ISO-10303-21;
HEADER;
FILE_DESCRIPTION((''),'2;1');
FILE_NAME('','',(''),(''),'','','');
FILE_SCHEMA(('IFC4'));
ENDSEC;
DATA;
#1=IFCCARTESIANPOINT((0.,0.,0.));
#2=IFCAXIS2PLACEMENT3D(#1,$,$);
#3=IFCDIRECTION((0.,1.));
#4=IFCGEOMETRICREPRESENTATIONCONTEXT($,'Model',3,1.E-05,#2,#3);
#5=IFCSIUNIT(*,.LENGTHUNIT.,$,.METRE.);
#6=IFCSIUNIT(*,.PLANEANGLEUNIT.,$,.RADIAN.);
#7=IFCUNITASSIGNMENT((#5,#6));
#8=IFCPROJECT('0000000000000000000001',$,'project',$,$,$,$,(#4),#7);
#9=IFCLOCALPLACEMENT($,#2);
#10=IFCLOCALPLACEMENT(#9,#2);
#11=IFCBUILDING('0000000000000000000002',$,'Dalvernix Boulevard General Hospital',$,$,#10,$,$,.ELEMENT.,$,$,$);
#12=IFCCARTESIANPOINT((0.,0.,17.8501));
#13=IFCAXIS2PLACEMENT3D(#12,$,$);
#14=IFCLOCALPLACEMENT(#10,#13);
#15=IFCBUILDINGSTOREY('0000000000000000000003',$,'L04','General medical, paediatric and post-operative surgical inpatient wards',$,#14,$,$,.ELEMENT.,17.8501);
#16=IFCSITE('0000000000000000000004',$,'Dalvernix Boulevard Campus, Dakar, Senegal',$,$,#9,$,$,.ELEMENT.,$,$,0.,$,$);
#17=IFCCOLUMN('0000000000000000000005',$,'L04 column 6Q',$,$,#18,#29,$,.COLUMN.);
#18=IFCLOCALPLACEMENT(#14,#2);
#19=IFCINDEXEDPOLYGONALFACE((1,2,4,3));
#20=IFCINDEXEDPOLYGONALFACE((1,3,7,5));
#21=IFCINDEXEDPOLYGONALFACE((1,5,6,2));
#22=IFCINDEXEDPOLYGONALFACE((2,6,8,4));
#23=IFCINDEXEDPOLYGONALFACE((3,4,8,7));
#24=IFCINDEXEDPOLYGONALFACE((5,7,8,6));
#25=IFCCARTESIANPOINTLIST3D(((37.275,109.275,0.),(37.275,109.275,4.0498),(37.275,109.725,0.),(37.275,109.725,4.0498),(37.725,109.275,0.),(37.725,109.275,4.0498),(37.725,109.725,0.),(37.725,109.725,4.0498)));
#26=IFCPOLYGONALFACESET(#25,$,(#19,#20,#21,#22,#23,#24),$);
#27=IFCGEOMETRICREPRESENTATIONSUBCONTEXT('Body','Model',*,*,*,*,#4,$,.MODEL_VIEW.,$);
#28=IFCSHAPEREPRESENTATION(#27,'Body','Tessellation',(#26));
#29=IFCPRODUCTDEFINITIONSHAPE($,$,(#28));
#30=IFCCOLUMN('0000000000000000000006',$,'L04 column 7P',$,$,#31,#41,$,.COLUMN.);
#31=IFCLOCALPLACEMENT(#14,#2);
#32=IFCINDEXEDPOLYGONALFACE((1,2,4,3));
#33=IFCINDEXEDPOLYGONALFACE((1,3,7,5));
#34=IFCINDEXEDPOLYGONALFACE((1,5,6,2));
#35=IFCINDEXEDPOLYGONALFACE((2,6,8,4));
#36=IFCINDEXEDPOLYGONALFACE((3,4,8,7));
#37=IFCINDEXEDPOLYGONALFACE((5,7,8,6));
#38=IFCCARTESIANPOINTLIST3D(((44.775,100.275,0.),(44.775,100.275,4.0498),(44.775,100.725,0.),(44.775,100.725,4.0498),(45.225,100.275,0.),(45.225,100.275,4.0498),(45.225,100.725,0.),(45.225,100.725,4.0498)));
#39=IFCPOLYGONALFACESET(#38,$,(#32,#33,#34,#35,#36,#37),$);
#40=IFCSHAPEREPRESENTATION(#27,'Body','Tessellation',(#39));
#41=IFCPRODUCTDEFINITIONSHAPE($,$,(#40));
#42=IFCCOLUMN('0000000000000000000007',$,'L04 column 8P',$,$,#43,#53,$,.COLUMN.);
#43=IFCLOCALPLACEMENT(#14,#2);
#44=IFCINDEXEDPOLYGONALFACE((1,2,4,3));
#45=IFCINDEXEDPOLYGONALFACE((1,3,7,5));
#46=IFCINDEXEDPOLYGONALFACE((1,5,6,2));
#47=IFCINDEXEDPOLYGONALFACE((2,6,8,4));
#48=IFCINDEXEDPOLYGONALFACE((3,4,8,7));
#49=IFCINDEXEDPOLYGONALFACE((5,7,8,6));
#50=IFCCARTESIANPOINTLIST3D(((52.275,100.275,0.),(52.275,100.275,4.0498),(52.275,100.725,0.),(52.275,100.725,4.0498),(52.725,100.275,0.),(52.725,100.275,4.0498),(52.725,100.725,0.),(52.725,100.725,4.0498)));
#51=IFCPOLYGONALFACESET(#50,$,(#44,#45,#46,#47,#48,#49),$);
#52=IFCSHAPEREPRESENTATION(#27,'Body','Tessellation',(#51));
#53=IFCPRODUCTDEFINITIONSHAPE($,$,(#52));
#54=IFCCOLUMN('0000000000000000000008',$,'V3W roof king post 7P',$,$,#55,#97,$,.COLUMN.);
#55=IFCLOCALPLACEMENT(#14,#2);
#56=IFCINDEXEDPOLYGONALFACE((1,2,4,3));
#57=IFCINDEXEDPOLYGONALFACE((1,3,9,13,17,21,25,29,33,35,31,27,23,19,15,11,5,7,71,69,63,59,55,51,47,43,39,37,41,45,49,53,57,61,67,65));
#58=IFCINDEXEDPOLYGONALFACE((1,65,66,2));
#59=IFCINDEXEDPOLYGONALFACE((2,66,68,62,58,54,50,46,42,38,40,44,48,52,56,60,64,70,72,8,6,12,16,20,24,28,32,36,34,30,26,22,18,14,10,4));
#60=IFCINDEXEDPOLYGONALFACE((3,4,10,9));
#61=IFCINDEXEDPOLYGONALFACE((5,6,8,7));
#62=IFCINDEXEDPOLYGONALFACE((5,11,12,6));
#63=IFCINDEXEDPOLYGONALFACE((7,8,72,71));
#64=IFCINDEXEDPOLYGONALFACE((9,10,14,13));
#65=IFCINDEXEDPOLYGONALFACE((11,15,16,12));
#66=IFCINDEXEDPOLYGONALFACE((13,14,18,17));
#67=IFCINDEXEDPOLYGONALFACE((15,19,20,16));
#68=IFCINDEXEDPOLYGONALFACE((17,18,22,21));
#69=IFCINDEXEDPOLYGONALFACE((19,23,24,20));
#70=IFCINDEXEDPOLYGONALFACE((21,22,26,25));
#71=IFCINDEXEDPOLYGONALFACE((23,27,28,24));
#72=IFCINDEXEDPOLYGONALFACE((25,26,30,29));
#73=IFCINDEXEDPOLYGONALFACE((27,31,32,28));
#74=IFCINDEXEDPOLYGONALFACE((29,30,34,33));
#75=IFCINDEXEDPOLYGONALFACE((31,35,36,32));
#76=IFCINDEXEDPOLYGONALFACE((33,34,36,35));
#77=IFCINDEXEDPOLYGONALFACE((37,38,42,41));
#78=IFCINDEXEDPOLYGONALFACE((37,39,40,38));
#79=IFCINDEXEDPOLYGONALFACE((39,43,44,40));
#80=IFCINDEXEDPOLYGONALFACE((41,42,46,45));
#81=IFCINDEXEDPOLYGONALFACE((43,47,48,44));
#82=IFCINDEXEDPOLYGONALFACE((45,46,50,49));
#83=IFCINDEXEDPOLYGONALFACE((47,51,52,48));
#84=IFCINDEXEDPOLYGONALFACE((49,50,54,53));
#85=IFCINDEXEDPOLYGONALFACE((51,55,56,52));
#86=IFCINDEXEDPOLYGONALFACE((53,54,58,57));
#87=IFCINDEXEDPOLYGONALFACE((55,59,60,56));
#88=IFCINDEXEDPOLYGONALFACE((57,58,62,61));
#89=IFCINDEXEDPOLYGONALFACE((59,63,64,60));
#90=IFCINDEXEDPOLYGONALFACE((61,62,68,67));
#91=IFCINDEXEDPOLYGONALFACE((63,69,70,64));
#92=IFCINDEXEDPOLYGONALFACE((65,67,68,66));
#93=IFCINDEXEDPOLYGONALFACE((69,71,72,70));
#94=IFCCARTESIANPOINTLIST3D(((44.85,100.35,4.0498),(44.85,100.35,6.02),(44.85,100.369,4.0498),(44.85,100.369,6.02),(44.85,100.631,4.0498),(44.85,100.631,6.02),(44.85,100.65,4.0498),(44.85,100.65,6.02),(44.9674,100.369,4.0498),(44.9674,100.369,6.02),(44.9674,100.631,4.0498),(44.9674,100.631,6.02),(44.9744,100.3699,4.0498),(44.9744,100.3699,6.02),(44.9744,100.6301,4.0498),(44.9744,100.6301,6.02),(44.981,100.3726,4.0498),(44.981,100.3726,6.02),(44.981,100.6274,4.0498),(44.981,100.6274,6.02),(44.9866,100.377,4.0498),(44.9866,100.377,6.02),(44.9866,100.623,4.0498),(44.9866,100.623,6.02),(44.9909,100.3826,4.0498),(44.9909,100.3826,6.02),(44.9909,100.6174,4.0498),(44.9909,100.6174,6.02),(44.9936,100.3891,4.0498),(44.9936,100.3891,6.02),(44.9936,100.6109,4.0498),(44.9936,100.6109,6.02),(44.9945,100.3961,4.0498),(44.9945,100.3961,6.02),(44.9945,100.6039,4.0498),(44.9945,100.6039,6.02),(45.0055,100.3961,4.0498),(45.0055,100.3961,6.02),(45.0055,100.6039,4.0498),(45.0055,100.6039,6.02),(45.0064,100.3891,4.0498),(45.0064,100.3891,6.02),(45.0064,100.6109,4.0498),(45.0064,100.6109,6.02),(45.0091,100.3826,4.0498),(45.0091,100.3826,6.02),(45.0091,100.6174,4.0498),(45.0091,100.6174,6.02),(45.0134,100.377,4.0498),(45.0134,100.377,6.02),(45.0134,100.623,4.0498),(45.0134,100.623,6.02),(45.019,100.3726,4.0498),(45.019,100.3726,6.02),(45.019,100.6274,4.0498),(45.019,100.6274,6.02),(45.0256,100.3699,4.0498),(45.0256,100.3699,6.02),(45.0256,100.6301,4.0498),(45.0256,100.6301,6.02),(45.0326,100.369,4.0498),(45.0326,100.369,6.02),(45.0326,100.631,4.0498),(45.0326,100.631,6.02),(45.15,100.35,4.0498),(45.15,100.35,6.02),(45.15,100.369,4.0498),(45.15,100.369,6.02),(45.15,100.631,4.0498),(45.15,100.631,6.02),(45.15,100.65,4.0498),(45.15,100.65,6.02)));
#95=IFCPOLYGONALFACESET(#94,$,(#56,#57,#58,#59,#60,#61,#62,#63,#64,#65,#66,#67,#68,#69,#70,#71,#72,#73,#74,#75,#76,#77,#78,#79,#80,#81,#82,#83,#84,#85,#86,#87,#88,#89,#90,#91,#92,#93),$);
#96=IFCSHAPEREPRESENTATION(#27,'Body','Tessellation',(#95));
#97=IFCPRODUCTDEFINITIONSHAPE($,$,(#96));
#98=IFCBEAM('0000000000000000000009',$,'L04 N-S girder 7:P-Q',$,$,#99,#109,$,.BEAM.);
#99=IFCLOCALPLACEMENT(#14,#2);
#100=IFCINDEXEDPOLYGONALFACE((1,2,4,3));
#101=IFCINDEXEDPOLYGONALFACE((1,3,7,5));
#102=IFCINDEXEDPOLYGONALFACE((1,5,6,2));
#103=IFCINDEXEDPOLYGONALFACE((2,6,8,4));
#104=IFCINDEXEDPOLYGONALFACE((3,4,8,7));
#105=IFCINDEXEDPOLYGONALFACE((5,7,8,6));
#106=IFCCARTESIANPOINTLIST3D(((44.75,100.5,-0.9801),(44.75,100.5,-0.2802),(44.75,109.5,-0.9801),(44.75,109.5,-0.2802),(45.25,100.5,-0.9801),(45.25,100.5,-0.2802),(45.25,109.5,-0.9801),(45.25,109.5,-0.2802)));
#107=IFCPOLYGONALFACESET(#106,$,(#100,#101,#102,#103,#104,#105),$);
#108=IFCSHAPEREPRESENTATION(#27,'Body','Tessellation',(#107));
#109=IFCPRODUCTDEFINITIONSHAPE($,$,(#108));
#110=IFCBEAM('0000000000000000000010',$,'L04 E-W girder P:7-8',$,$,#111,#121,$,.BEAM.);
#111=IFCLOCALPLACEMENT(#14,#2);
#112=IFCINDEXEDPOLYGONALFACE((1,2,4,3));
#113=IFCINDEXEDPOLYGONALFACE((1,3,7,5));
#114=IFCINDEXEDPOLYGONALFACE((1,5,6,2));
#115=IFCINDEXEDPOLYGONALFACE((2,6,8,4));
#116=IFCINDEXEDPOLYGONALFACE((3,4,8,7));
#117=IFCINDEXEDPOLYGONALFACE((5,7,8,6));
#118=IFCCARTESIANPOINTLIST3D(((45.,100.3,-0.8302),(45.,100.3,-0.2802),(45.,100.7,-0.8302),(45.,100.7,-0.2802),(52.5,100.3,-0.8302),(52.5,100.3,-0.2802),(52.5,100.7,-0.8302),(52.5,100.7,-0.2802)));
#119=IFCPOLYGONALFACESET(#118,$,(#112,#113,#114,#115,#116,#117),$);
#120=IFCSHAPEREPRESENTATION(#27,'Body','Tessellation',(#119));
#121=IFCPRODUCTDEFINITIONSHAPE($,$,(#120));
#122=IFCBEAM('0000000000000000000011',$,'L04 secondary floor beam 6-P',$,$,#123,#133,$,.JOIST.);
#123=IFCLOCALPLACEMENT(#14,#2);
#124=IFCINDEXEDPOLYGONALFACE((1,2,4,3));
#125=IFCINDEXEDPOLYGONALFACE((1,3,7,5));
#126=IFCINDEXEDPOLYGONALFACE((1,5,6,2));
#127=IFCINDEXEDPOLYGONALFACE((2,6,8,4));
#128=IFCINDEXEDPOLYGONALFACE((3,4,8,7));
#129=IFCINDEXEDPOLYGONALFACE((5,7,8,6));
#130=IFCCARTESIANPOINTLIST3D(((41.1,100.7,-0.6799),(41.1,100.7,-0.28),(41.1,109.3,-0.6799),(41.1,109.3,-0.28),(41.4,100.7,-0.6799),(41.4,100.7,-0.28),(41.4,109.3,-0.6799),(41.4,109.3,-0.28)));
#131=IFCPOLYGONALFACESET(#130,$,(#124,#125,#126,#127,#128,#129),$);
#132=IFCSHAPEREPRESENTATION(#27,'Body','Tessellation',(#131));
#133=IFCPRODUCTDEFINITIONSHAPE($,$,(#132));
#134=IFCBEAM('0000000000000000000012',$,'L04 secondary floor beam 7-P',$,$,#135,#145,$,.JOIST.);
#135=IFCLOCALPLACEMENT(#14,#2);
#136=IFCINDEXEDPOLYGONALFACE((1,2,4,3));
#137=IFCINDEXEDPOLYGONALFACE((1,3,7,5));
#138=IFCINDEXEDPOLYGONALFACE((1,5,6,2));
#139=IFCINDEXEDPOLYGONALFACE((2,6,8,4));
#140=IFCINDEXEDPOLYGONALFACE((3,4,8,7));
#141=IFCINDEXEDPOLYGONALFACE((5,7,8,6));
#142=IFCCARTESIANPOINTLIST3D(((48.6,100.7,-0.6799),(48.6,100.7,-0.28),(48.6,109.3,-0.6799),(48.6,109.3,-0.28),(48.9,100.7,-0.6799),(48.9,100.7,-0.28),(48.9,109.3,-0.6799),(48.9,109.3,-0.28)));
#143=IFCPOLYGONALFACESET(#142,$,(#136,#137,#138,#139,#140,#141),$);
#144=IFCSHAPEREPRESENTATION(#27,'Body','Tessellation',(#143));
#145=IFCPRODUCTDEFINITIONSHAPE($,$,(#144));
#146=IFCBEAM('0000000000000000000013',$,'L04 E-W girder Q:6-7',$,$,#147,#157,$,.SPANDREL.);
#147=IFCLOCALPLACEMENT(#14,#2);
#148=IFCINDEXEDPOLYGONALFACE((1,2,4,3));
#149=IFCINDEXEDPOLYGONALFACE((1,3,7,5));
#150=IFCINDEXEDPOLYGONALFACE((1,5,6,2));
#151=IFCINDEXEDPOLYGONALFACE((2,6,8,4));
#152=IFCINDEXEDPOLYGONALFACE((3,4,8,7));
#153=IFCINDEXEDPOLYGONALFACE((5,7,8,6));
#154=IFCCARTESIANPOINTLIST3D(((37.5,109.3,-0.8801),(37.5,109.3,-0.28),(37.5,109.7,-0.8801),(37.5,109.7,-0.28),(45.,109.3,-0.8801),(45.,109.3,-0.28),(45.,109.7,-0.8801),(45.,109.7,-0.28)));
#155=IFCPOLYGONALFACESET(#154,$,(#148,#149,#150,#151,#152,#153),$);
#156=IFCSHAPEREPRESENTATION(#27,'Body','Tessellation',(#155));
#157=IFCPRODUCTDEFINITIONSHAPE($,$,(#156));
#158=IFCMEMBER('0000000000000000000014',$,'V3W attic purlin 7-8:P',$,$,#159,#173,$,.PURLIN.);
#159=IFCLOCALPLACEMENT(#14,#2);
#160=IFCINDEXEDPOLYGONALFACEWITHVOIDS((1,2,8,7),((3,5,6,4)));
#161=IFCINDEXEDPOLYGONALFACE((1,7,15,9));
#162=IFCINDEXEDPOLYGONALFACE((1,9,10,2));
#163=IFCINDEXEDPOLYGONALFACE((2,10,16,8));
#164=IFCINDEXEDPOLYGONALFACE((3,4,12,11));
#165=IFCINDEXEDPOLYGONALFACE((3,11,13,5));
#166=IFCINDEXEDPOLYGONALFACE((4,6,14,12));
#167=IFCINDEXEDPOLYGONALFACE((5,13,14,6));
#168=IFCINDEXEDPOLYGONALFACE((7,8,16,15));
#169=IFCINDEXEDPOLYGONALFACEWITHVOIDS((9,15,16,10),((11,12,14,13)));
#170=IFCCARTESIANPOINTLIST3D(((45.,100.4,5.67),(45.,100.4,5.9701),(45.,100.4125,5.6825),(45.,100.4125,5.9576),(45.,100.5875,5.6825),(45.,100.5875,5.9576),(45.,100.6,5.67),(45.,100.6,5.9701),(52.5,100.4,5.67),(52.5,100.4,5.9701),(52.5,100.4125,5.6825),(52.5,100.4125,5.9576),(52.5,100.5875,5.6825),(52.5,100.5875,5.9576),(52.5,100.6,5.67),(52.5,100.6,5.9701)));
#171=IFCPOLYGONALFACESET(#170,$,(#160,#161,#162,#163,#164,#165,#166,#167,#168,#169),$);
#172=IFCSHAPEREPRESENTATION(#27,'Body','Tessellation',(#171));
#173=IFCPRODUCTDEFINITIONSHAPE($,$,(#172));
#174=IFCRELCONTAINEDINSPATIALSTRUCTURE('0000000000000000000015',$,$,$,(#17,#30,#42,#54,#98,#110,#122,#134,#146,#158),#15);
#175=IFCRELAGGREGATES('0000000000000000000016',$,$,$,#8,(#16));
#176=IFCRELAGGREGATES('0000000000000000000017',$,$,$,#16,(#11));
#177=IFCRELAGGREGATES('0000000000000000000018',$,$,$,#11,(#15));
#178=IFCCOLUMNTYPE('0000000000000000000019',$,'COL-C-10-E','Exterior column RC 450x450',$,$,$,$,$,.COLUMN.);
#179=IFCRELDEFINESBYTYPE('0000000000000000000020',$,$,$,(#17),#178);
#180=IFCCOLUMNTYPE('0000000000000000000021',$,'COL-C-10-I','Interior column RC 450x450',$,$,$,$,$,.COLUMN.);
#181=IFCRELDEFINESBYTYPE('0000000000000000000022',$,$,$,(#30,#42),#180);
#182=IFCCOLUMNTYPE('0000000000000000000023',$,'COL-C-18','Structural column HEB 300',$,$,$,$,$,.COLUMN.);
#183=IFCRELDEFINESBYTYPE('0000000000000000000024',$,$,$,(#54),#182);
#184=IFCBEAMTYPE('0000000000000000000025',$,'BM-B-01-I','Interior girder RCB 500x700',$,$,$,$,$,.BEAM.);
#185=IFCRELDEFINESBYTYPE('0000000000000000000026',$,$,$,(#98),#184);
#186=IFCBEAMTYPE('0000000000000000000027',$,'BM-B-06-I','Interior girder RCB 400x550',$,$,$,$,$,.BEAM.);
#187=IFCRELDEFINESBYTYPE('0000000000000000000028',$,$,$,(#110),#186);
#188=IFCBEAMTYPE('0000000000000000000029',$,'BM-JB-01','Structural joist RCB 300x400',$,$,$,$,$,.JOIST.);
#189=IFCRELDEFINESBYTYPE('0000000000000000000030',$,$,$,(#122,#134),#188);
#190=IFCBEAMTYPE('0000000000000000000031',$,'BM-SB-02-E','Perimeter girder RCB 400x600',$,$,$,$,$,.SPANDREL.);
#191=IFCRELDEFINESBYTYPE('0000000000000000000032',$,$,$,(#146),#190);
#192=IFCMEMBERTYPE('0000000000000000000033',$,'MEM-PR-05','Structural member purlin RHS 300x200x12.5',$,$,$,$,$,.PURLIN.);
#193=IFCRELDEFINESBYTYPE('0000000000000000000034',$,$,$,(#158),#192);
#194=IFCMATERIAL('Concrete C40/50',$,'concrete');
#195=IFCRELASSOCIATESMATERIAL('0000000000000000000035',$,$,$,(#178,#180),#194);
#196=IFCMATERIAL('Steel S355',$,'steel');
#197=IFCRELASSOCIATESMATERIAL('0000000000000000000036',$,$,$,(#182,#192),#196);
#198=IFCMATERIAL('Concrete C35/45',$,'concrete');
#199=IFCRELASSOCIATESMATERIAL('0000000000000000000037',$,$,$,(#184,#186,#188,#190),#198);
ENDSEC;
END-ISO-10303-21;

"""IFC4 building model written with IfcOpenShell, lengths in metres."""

from ifc_helpers import new_model, si_unit, direction, frame, origin, origin_2d, place, context, subcontext, project, spatial, rectangle, hollow_rectangle, i_section, extrude, material, material_profile, profile_set, type_object, element, save


model = new_model("IFC4")

# Units and contexts
model_context = context("Model", 3, precision=1e-05, world=origin(), true_north=direction((0.0, 1.0)))
body_context = subcontext(model_context, "Body", "Model", "MODEL_VIEW")
ifc_project = project(units=[si_unit("LENGTHUNIT", "METRE"), si_unit("PLANEANGLEUNIT", "RADIAN")], contexts=[model_context])

# Site, building, storey
site_placement = place(None, origin())
site = spatial("IfcSite", under=ifc_project, at=site_placement, Name="Dalvernix Boulevard Campus, Dakar, Senegal", CompositionType="ELEMENT", RefElevation=0.0)
building_placement = place(site_placement, origin())
building = spatial("IfcBuilding", under=site, at=building_placement, Name="Dalvernix Boulevard General Hospital", CompositionType="ELEMENT")
storey_placement = place(building_placement, frame((0.0, 0.0, 17.8501)))
storey = spatial("IfcBuildingStorey", under=building, at=storey_placement, Name="L04", Description="General medical, paediatric and post-operative surgical inpatient wards", CompositionType="ELEMENT", Elevation=17.8501)

# Columns
ifc_material_1 = material(Name="Concrete C40/50", Category="concrete")
ifc_material_profile_1 = material_profile(ifc_material_1, rectangle(XDim=0.45, YDim=0.45, at=origin_2d()), Name="RC 450x450")
ifc_profile_set_1 = profile_set([ifc_material_profile_1], Name="Concrete C40/50")
column_type_1 = type_object("IfcColumnType", Name="COL-C-10-E", Description="Exterior column RC 450x450", PredefinedType="COLUMN", material=ifc_profile_set_1)
column_1_placement = place(storey_placement, frame((37.5, 109.5, 0.0), z_axis=(0.0, 0.0, 1.0), x_axis=(1.0, 0.0, 0.0)))
element("IfcColumn", 1, at=column_1_placement, inside=storey, type_object=column_type_1, Name="L04 column 6Q", PredefinedType="COLUMN", context=body_context, shape_type="SweptSolid", body=[
    extrude(rectangle(XDim=0.45, YDim=0.45, at=origin_2d()), origin(), (0.0, 0.0, 1.0), 4.0498),
])
ifc_material_profile_2 = material_profile(ifc_material_1, rectangle(XDim=0.45, YDim=0.45, at=origin_2d()), Name="RC 450x450")
ifc_profile_set_2 = profile_set([ifc_material_profile_2], Name="Concrete C40/50")
column_type_2 = type_object("IfcColumnType", Name="COL-C-10-I", Description="Interior column RC 450x450", PredefinedType="COLUMN", material=ifc_profile_set_2)
for number, where, z_axis, x_axis, name in (
    (2, (45.0, 100.5, 0.0), (0.0, 0.0, 1.0), (1.0, 0.0, 0.0), "L04 column 7P"),
    (3, (52.5, 100.5, 0.0), (0.0, 0.0, 1.0), (1.0, 0.0, 0.0), "L04 column 8P"),
):
    element("IfcColumn", number, at=place(storey_placement, frame(where, z_axis=z_axis, x_axis=x_axis)), inside=storey, type_object=column_type_2, Name=name, PredefinedType="COLUMN", context=body_context, shape_type="SweptSolid", body=[
        extrude(rectangle(XDim=0.45, YDim=0.45, at=origin_2d()), origin(), (0.0, 0.0, 1.0), 4.0498),
    ])
ifc_material_2 = material(Name="Steel S355", Category="steel")
ifc_material_profile_3 = material_profile(ifc_material_2, i_section(OverallWidth=0.3, OverallDepth=0.3, WebThickness=0.011, FlangeThickness=0.019, FilletRadius=0.0271, at=origin_2d()), Name="HEB 300")
ifc_profile_set_3 = profile_set([ifc_material_profile_3], Name="Steel S355")
column_type_3 = type_object("IfcColumnType", Name="COL-C-18", Description="Structural column HEB 300", PredefinedType="COLUMN", material=ifc_profile_set_3)
column_2_placement = place(storey_placement, frame((45.0, 100.5, 4.0498), z_axis=(0.0, 0.0, 1.0), x_axis=(1.0, 0.0, 0.0)))
element("IfcColumn", 4, at=column_2_placement, inside=storey, type_object=column_type_3, Name="V3W roof king post 7P", PredefinedType="COLUMN", context=body_context, shape_type="SweptSolid", body=[
    extrude(i_section(OverallWidth=0.3, OverallDepth=0.3, WebThickness=0.011, FlangeThickness=0.019, FilletRadius=0.0271, at=origin_2d()), origin(), (0.0, 0.0, 1.0), 1.9702),
])

# Beams
ifc_material_3 = material(Name="Concrete C35/45", Category="concrete")
ifc_material_profile_4 = material_profile(ifc_material_3, rectangle(XDim=0.5, YDim=0.7, at=origin_2d()), Name="RCB 500x700")
ifc_profile_set_4 = profile_set([ifc_material_profile_4], Name="Concrete C35/45")
beam_type_1 = type_object("IfcBeamType", Name="BM-B-01-I", Description="Interior girder RCB 500x700", PredefinedType="BEAM", material=ifc_profile_set_4)
beam_1_placement = place(storey_placement, frame((45.0, 100.5, -0.6301), z_axis=(0.0, 1.0, 0.0), x_axis=(-1.0, 0.0, 0.0)))
element("IfcBeam", 5, at=beam_1_placement, inside=storey, type_object=beam_type_1, Name="L04 N-S girder 7:P-Q", PredefinedType="BEAM", context=body_context, shape_type="SweptSolid", body=[
    extrude(rectangle(XDim=0.5, YDim=0.7, at=origin_2d()), origin(), (0.0, 0.0, 1.0), 9.0),
])
ifc_material_profile_5 = material_profile(ifc_material_3, rectangle(XDim=0.3999, YDim=0.55, at=origin_2d()), Name="RCB 400x550")
ifc_profile_set_5 = profile_set([ifc_material_profile_5], Name="Concrete C35/45")
beam_type_2 = type_object("IfcBeamType", Name="BM-B-06-I", Description="Interior girder RCB 400x550", PredefinedType="BEAM", material=ifc_profile_set_5)
beam_2_placement = place(storey_placement, frame((45.0, 100.5, -0.5552), z_axis=(1.0, 0.0, 0.0), x_axis=(0.0, 1.0, 0.0)))
element("IfcBeam", 6, at=beam_2_placement, inside=storey, type_object=beam_type_2, Name="L04 E-W girder P:7-8", PredefinedType="BEAM", context=body_context, shape_type="SweptSolid", body=[
    extrude(rectangle(XDim=0.3999, YDim=0.55, at=origin_2d()), origin(), (0.0, 0.0, 1.0), 7.5),
])
ifc_material_profile_6 = material_profile(ifc_material_3, rectangle(XDim=0.3, YDim=0.3999, at=origin_2d()), Name="RCB 300x400")
ifc_profile_set_6 = profile_set([ifc_material_profile_6], Name="Concrete C35/45")
beam_type_3 = type_object("IfcBeamType", Name="BM-JB-01", Description="Structural joist RCB 300x400", PredefinedType="JOIST", material=ifc_profile_set_6)
for number, where, z_axis, x_axis, name in (
    (7, (41.25, 100.7, -0.48), (0.0, 1.0, 0.0), (-1.0, 0.0, 0.0), "L04 secondary floor beam 6-P"),
    (8, (48.75, 100.7, -0.48), (0.0, 1.0, 0.0), (-1.0, 0.0, 0.0), "L04 secondary floor beam 7-P"),
):
    element("IfcBeam", number, at=place(storey_placement, frame(where, z_axis=z_axis, x_axis=x_axis)), inside=storey, type_object=beam_type_3, Name=name, PredefinedType="JOIST", context=body_context, shape_type="SweptSolid", body=[
        extrude(rectangle(XDim=0.3, YDim=0.3999, at=origin_2d()), origin(), (0.0, 0.0, 1.0), 8.6001),
    ])
ifc_material_profile_7 = material_profile(ifc_material_3, rectangle(XDim=0.3999, YDim=0.6001, at=origin_2d()), Name="RCB 400x600")
ifc_profile_set_7 = profile_set([ifc_material_profile_7], Name="Concrete C35/45")
beam_type_4 = type_object("IfcBeamType", Name="BM-SB-02-E", Description="Perimeter girder RCB 400x600", PredefinedType="SPANDREL", material=ifc_profile_set_7)
beam_3_placement = place(storey_placement, frame((37.5, 109.5, -0.5801), z_axis=(1.0, 0.0, 0.0), x_axis=(0.0, 1.0, 0.0)))
element("IfcBeam", 9, at=beam_3_placement, inside=storey, type_object=beam_type_4, Name="L04 E-W girder Q:6-7", PredefinedType="SPANDREL", context=body_context, shape_type="SweptSolid", body=[
    extrude(rectangle(XDim=0.3999, YDim=0.6001, at=origin_2d()), origin(), (0.0, 0.0, 1.0), 7.5),
])

# Member
ifc_material_profile_8 = material_profile(ifc_material_2, hollow_rectangle(XDim=0.2, YDim=0.3, WallThickness=0.0125, at=origin_2d()), Name="RHS 300x200x12.5")
ifc_profile_set_8 = profile_set([ifc_material_profile_8], Name="Steel S355")
member_type = type_object("IfcMemberType", Name="MEM-PR-05", Description="Structural member purlin RHS 300x200x12.5", PredefinedType="PURLIN", material=ifc_profile_set_8)
member_placement = place(storey_placement, frame((45.0, 100.5, 5.8201), z_axis=(1.0, 0.0, 0.0), x_axis=(0.0, 1.0, 0.0)))
element("IfcMember", 10, at=member_placement, inside=storey, type_object=member_type, Name="V3W attic purlin 7-8:P", PredefinedType="PURLIN", context=body_context, shape_type="SweptSolid", body=[
    extrude(hollow_rectangle(XDim=0.2, YDim=0.3, WallThickness=0.0125, at=origin_2d()), origin(), (0.0, 0.0, 1.0), 7.5),
])

save(model, "model.ifc")
